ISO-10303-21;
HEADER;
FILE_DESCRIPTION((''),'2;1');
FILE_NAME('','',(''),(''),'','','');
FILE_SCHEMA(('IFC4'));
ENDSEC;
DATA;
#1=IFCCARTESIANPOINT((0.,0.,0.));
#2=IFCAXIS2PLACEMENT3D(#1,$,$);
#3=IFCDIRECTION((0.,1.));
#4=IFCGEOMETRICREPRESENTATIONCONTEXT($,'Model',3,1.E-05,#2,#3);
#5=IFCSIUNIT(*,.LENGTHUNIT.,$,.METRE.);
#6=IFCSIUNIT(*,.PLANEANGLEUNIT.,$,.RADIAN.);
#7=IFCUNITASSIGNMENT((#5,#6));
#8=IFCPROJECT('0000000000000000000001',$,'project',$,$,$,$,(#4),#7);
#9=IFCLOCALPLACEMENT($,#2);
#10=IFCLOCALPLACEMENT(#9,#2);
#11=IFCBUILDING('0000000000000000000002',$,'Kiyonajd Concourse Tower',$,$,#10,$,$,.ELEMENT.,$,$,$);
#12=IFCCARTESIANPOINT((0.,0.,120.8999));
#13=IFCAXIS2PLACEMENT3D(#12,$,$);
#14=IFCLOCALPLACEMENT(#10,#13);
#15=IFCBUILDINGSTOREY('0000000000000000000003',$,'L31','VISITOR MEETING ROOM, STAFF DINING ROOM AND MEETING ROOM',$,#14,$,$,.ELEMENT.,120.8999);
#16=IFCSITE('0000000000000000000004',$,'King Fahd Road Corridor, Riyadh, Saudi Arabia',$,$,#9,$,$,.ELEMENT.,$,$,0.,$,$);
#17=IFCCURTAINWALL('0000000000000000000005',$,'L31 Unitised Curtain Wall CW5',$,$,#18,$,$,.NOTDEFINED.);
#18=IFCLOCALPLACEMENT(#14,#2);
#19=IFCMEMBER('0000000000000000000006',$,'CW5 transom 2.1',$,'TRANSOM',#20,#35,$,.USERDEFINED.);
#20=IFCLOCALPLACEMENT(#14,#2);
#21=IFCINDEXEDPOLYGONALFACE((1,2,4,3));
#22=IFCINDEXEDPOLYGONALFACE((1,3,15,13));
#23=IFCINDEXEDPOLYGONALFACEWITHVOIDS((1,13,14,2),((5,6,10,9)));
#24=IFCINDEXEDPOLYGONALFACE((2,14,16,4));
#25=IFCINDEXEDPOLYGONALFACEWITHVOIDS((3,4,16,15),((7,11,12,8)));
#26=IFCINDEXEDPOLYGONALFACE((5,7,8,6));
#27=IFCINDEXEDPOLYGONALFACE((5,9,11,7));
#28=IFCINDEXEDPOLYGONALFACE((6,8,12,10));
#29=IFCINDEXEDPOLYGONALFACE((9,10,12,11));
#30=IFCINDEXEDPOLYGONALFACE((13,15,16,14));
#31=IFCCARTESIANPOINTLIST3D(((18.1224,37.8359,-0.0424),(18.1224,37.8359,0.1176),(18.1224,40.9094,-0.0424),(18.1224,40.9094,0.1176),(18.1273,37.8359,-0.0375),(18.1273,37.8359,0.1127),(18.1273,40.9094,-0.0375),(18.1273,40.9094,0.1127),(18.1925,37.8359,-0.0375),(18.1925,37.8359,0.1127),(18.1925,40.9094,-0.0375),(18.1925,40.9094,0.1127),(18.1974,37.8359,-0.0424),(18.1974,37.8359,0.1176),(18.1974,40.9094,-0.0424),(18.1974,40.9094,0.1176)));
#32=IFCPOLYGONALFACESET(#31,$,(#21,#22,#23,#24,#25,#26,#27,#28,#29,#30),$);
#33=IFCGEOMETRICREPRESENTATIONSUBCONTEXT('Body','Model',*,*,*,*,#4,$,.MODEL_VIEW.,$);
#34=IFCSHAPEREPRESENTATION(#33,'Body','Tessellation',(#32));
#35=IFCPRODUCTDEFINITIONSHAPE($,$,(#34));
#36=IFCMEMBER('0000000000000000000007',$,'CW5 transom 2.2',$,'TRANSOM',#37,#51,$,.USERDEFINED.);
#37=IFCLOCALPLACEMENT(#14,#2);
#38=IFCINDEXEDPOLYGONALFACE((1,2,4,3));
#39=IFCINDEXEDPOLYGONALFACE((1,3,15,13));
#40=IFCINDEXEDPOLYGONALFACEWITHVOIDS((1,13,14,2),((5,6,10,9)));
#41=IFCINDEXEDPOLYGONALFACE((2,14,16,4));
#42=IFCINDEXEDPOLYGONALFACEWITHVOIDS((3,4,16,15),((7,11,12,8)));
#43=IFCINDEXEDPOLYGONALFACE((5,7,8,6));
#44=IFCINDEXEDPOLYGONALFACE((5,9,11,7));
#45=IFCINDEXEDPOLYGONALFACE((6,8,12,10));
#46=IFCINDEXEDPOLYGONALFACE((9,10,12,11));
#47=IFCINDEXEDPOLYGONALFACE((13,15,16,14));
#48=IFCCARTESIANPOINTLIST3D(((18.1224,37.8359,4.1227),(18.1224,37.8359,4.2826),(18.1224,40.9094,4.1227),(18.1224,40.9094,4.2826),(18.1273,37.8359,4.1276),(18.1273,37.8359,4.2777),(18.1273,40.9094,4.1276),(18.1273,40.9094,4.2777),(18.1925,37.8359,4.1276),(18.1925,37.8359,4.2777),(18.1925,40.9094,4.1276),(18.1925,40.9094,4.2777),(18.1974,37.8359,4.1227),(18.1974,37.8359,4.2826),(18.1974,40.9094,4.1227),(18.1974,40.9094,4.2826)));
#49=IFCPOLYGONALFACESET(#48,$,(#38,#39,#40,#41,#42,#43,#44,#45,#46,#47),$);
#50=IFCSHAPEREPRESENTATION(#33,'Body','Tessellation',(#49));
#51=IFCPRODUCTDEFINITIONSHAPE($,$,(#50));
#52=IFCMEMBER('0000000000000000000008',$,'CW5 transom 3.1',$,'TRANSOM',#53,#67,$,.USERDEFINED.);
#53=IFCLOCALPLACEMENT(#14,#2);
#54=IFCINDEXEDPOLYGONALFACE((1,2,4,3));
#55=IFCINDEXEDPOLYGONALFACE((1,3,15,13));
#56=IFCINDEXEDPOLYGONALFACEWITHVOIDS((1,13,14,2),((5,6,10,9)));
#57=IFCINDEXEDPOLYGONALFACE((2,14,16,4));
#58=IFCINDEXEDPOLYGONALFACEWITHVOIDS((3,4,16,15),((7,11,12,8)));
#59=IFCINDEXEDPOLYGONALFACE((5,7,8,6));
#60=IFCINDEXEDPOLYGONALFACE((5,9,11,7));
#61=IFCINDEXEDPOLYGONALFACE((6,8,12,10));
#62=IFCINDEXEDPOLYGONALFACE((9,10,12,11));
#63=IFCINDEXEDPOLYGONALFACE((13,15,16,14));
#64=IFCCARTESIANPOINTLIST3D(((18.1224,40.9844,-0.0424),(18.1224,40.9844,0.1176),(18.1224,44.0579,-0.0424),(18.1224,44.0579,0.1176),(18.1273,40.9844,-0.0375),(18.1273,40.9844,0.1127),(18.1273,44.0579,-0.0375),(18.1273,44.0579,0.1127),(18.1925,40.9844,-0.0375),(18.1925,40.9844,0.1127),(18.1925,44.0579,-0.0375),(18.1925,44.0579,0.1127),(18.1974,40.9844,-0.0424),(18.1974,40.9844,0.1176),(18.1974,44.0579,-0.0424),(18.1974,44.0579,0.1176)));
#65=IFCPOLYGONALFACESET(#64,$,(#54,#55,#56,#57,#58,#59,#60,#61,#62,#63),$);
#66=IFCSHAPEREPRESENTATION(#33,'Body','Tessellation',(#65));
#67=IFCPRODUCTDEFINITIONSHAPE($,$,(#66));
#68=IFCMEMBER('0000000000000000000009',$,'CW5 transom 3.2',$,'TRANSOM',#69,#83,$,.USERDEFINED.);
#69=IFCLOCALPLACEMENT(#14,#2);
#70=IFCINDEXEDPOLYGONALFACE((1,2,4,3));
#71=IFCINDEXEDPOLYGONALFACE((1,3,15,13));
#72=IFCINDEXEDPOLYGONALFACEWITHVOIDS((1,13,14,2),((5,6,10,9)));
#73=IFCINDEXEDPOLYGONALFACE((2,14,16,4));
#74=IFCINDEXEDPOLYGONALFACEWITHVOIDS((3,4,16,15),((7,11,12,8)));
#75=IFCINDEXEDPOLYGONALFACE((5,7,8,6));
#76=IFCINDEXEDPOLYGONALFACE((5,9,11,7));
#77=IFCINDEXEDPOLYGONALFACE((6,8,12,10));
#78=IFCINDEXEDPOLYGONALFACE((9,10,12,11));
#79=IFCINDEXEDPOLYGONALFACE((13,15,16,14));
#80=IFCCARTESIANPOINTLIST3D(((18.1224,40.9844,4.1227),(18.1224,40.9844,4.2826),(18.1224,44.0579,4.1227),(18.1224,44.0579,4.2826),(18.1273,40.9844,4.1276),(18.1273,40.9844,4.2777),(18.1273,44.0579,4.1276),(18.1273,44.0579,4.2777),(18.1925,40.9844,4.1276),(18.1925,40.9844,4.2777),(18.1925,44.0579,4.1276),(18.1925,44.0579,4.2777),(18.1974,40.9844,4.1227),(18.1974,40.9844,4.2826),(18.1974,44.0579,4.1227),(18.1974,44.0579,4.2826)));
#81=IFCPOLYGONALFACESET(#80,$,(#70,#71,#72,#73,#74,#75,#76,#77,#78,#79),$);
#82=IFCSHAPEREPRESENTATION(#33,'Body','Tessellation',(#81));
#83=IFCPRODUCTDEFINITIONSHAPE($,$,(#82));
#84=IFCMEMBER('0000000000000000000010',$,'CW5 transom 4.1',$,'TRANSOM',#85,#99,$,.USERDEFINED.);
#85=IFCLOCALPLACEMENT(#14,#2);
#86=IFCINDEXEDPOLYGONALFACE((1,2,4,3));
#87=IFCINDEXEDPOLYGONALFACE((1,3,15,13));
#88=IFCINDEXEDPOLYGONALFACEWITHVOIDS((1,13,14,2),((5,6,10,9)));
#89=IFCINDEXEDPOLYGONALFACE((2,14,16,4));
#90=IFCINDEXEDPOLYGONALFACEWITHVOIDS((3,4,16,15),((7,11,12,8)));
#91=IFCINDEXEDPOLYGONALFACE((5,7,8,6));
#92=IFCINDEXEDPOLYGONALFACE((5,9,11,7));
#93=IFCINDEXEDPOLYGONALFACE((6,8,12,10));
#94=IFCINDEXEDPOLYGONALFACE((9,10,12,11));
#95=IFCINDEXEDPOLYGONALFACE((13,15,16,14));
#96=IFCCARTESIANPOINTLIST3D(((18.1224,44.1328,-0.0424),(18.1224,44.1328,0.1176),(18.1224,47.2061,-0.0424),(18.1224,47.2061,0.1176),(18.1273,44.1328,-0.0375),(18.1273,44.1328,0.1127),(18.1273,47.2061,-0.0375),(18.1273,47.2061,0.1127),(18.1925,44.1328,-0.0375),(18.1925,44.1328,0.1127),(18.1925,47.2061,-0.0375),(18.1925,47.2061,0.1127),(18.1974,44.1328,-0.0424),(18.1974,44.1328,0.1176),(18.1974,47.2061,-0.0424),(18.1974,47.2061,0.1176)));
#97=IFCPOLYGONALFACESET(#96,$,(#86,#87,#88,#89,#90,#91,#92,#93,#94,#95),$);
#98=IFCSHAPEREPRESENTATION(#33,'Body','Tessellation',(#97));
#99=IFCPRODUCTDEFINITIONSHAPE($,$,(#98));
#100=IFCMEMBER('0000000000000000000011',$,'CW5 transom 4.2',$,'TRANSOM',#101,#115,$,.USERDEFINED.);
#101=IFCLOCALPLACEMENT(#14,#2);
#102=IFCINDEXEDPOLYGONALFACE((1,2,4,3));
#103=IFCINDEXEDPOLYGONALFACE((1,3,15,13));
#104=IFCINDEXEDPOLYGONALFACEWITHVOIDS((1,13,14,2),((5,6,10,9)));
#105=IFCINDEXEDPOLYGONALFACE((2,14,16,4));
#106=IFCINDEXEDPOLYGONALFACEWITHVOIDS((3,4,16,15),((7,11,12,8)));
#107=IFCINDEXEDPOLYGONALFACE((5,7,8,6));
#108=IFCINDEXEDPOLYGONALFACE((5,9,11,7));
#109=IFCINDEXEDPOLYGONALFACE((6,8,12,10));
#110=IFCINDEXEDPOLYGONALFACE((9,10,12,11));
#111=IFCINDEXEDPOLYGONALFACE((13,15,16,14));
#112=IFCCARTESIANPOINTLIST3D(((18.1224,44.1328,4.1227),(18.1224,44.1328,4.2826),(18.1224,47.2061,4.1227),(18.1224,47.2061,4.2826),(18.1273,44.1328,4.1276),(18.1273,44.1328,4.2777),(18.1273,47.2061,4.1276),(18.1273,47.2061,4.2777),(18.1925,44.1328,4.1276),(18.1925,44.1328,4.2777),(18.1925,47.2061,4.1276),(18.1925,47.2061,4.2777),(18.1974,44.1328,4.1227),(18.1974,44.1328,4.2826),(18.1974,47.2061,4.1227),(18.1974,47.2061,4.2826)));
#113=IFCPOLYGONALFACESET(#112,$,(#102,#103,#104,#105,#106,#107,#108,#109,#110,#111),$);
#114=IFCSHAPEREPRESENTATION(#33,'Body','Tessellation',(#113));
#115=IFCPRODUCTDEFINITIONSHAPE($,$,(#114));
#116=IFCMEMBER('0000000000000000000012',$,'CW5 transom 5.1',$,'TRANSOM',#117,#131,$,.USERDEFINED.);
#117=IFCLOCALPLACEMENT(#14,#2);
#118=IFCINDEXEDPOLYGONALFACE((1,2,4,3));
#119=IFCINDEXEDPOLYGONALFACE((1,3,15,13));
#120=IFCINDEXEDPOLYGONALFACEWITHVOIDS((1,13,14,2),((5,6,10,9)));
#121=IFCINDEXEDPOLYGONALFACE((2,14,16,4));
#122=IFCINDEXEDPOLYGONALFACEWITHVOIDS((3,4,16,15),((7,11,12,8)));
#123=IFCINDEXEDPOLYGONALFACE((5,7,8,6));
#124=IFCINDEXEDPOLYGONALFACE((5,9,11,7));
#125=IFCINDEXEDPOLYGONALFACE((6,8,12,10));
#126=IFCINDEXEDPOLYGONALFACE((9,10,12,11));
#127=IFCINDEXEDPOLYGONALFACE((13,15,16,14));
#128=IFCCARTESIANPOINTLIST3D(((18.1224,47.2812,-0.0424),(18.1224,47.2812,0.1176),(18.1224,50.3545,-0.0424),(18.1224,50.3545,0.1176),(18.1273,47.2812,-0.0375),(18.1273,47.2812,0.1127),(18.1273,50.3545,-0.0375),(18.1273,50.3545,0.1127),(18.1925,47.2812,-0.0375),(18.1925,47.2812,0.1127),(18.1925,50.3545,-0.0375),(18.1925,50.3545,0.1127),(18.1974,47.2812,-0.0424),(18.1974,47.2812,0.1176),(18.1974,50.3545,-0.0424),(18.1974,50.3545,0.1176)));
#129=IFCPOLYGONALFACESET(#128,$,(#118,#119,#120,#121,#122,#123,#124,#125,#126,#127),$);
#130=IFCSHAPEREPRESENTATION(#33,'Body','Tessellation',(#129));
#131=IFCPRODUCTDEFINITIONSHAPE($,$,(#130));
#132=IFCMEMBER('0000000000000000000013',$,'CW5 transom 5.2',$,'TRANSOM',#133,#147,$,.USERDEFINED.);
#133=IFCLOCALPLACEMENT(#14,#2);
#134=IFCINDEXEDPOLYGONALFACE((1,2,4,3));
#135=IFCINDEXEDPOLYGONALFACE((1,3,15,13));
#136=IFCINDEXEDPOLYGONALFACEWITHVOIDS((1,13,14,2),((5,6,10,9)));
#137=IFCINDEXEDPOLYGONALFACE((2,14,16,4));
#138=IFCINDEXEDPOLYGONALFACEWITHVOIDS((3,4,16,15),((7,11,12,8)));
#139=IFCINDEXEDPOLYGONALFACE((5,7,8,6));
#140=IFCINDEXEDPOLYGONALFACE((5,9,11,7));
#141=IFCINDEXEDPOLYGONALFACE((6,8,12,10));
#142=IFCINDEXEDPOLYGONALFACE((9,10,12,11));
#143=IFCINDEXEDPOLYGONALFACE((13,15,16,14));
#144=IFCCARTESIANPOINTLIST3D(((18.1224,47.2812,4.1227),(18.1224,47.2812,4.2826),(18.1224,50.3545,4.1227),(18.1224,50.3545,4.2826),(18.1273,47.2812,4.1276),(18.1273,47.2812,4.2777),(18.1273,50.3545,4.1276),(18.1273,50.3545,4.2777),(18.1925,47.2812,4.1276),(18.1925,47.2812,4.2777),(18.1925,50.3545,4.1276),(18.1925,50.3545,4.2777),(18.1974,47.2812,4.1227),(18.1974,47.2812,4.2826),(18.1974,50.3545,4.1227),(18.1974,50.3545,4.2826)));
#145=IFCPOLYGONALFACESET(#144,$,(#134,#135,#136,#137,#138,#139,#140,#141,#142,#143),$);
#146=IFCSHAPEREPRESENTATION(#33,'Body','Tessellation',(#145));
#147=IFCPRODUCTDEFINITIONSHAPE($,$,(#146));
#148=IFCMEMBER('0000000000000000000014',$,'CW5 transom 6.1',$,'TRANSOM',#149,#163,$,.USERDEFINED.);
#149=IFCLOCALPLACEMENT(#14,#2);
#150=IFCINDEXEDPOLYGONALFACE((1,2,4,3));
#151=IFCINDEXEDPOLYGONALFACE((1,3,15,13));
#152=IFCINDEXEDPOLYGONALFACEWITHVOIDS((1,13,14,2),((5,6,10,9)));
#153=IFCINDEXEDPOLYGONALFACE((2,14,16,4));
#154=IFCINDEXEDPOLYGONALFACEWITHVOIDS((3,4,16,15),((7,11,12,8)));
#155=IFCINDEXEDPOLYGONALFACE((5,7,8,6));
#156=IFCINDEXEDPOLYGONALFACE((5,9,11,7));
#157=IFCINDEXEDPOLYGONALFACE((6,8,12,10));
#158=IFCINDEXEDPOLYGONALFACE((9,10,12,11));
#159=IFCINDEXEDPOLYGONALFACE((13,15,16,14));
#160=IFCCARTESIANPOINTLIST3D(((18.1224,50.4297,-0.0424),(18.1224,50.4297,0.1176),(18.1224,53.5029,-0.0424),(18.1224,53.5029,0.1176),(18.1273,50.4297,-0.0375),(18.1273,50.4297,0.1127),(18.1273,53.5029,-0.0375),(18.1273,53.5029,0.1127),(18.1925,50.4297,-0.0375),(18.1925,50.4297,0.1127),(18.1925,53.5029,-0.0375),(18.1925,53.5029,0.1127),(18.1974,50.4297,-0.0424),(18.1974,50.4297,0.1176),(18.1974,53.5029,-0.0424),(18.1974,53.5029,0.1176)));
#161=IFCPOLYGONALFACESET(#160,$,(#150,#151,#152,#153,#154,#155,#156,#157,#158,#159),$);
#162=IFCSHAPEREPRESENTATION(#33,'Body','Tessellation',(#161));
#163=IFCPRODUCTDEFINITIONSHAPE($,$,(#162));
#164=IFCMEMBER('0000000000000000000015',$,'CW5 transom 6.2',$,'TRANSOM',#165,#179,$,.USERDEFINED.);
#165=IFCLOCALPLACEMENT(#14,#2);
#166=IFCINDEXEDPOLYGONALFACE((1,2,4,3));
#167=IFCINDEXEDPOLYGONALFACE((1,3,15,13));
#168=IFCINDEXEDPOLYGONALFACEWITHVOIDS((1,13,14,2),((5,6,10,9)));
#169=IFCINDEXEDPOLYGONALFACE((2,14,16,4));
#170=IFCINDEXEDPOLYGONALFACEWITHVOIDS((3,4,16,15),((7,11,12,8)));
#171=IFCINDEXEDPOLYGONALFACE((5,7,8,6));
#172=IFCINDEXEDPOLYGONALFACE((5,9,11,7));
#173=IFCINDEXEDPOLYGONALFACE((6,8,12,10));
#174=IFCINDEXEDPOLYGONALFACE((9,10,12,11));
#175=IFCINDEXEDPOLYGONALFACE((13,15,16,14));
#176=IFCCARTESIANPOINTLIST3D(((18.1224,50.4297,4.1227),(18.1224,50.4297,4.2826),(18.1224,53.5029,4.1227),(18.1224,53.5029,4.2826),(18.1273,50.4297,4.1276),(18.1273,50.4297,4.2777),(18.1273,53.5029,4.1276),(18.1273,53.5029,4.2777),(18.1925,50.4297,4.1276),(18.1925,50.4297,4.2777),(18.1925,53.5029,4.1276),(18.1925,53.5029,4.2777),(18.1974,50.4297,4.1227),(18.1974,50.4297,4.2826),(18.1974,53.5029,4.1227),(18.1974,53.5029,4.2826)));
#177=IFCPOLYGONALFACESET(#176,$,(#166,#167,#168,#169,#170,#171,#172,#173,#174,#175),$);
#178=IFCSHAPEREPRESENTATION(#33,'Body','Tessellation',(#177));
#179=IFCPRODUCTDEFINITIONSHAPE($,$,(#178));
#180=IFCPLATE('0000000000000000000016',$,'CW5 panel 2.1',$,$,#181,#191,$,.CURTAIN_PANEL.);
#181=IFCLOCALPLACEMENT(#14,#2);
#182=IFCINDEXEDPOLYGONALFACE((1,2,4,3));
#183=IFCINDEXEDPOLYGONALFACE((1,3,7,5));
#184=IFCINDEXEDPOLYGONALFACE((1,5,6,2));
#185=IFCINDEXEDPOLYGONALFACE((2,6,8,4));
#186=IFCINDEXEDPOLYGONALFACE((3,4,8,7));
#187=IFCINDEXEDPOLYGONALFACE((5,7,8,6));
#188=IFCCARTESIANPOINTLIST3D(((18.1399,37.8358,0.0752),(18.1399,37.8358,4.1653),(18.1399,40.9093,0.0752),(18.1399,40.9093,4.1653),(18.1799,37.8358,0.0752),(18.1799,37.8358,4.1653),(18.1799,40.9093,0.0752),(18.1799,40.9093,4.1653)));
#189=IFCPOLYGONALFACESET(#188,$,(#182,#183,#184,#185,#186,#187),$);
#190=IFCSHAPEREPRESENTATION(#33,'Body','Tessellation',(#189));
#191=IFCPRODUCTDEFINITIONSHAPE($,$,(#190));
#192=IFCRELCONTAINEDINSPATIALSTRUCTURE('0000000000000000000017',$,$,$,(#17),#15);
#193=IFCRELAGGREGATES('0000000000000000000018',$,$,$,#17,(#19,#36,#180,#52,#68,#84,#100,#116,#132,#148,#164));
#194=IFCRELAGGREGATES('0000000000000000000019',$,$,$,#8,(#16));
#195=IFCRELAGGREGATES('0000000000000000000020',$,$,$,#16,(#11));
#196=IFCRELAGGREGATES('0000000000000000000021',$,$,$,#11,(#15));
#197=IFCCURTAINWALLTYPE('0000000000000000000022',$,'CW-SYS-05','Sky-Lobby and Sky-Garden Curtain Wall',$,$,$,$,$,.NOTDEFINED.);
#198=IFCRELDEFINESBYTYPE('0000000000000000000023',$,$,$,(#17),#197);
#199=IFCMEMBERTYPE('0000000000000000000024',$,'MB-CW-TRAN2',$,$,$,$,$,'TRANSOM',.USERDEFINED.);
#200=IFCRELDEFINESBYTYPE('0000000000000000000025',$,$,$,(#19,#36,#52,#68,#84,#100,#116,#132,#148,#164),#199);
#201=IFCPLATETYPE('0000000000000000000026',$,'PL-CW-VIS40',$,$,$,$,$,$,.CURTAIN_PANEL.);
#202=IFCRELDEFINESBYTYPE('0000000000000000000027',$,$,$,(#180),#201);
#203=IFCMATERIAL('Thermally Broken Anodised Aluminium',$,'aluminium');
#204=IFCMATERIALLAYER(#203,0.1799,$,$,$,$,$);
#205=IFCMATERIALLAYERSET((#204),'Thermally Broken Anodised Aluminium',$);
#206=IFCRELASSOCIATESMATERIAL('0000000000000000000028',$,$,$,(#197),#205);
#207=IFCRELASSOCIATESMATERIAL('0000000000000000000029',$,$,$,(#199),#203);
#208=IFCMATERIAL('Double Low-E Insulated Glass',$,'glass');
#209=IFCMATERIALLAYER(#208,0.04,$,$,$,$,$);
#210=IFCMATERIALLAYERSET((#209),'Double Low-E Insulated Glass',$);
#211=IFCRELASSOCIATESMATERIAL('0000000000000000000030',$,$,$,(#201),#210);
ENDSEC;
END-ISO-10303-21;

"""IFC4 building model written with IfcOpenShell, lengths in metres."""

from ifc_helpers import new_model, si_unit, direction, frame, origin, origin_2d, place, context, subcontext, project, spatial, rectangle, hollow_rectangle, extrude, material, layer, layer_set, material_profile, profile_set, type_object, element, aggregate, save


model = new_model("IFC4")

# Units and contexts
model_context = context("Model", 3, precision=1e-05, world=origin(), true_north=direction((0.0, 1.0)))
body_context = subcontext(model_context, "Body", "Model", "MODEL_VIEW")
ifc_project = project(units=[si_unit("LENGTHUNIT", "METRE"), si_unit("PLANEANGLEUNIT", "RADIAN")], contexts=[model_context])

# Site, building, storey
site_placement = place(None, origin())
site = spatial("IfcSite", under=ifc_project, at=site_placement, Name="King Fahd Road Corridor, Riyadh, Saudi Arabia", CompositionType="ELEMENT", RefElevation=0.0)
building_placement = place(site_placement, origin())
building = spatial("IfcBuilding", under=site, at=building_placement, Name="Kiyonajd Concourse Tower", CompositionType="ELEMENT")
storey_placement = place(building_placement, frame((0.0, 0.0, 120.8999)))
storey = spatial("IfcBuildingStorey", under=building, at=storey_placement, Name="L31", Description="VISITOR MEETING ROOM, STAFF DINING ROOM AND MEETING ROOM", CompositionType="ELEMENT", Elevation=120.8999)

# Curtain wall, members, plate
ifc_material_1 = material(Name="Thermally Broken Anodised Aluminium", Category="aluminium")
ifc_layer_1 = layer(ifc_material_1, 0.1799)
ifc_layer_set_1 = layer_set([ifc_layer_1], Name="Thermally Broken Anodised Aluminium")
curtain_wall_type = type_object("IfcCurtainWallType", Name="CW-SYS-05", Description="Sky-Lobby and Sky-Garden Curtain Wall", PredefinedType="NOTDEFINED", material=ifc_layer_set_1)
curtain_wall_placement = place(storey_placement, origin())
curtain_wall = element("IfcCurtainWall", 1, at=curtain_wall_placement, inside=storey, type_object=curtain_wall_type, Name="L31 Unitised Curtain Wall CW5", PredefinedType="NOTDEFINED")
ifc_material_profile_1 = material_profile(ifc_material_1, hollow_rectangle(XDim=0.075, YDim=0.1599, WallThickness=0.0049, at=origin_2d()), Name="TRAN-75x160")
ifc_profile_set_1 = profile_set([ifc_material_profile_1], Name="Thermally Broken Anodised Aluminium")
member_type_1 = type_object("IfcMemberType", Name="MB-CW-TRAN2", ElementType="TRANSOM", PredefinedType="USERDEFINED", material=ifc_profile_set_1)
member_1_placement = place(storey_placement, frame((18.1599, 37.8359, 0.0376), z_axis=(0.0, 1.0, 0.0), x_axis=(-1.0, 0.0, 0.0)))
member_1 = element("IfcMember", 2, at=member_1_placement, type_object=member_type_1, Name="CW5 transom 2.1", ObjectType="TRANSOM", PredefinedType="USERDEFINED", context=body_context, shape_type="SweptSolid", body=[
    extrude(hollow_rectangle(XDim=0.075, YDim=0.1599, WallThickness=0.0049, at=origin_2d()), origin(), (0.0, 0.0, 1.0), 3.0735),
])
member_2_placement = place(storey_placement, frame((18.1599, 37.8359, 4.2026), z_axis=(0.0, 1.0, 0.0), x_axis=(-1.0, 0.0, 0.0)))
member_2 = element("IfcMember", 3, at=member_2_placement, type_object=member_type_1, Name="CW5 transom 2.2", ObjectType="TRANSOM", PredefinedType="USERDEFINED", context=body_context, shape_type="SweptSolid", body=[
    extrude(hollow_rectangle(XDim=0.075, YDim=0.1599, WallThickness=0.0049, at=origin_2d()), origin(), (0.0, 0.0, 1.0), 3.0735),
])
member_3_placement = place(storey_placement, frame((18.1599, 40.9844, 0.0376), z_axis=(0.0, 1.0, 0.0), x_axis=(-1.0, 0.0, 0.0)))
member_3 = element("IfcMember", 4, at=member_3_placement, type_object=member_type_1, Name="CW5 transom 3.1", ObjectType="TRANSOM", PredefinedType="USERDEFINED", context=body_context, shape_type="SweptSolid", body=[
    extrude(hollow_rectangle(XDim=0.075, YDim=0.1599, WallThickness=0.0049, at=origin_2d()), origin(), (0.0, 0.0, 1.0), 3.0735),
])
member_4_placement = place(storey_placement, frame((18.1599, 40.9844, 4.2026), z_axis=(0.0, 1.0, 0.0), x_axis=(-1.0, 0.0, 0.0)))
member_4 = element("IfcMember", 5, at=member_4_placement, type_object=member_type_1, Name="CW5 transom 3.2", ObjectType="TRANSOM", PredefinedType="USERDEFINED", context=body_context, shape_type="SweptSolid", body=[
    extrude(hollow_rectangle(XDim=0.075, YDim=0.1599, WallThickness=0.0049, at=origin_2d()), origin(), (0.0, 0.0, 1.0), 3.0735),
])
member_5_placement = place(storey_placement, frame((18.1599, 44.1328, 0.0376), z_axis=(0.0, 1.0, 0.0), x_axis=(-1.0, 0.0, 0.0)))
member_5 = element("IfcMember", 6, at=member_5_placement, type_object=member_type_1, Name="CW5 transom 4.1", ObjectType="TRANSOM", PredefinedType="USERDEFINED", context=body_context, shape_type="SweptSolid", body=[
    extrude(hollow_rectangle(XDim=0.075, YDim=0.1599, WallThickness=0.0049, at=origin_2d()), origin(), (0.0, 0.0, 1.0), 3.0732),
])
member_6_placement = place(storey_placement, frame((18.1599, 44.1328, 4.2026), z_axis=(0.0, 1.0, 0.0), x_axis=(-1.0, 0.0, 0.0)))
member_6 = element("IfcMember", 7, at=member_6_placement, type_object=member_type_1, Name="CW5 transom 4.2", ObjectType="TRANSOM", PredefinedType="USERDEFINED", context=body_context, shape_type="SweptSolid", body=[
    extrude(hollow_rectangle(XDim=0.075, YDim=0.1599, WallThickness=0.0049, at=origin_2d()), origin(), (0.0, 0.0, 1.0), 3.0732),
])
member_7_placement = place(storey_placement, frame((18.1599, 47.2812, 0.0376), z_axis=(0.0, 1.0, 0.0), x_axis=(-1.0, 0.0, 0.0)))
member_7 = element("IfcMember", 8, at=member_7_placement, type_object=member_type_1, Name="CW5 transom 5.1", ObjectType="TRANSOM", PredefinedType="USERDEFINED", context=body_context, shape_type="SweptSolid", body=[
    extrude(hollow_rectangle(XDim=0.075, YDim=0.1599, WallThickness=0.0049, at=origin_2d()), origin(), (0.0, 0.0, 1.0), 3.0732),
])
member_8_placement = place(storey_placement, frame((18.1599, 47.2812, 4.2026), z_axis=(0.0, 1.0, 0.0), x_axis=(-1.0, 0.0, 0.0)))
member_8 = element("IfcMember", 9, at=member_8_placement, type_object=member_type_1, Name="CW5 transom 5.2", ObjectType="TRANSOM", PredefinedType="USERDEFINED", context=body_context, shape_type="SweptSolid", body=[
    extrude(hollow_rectangle(XDim=0.075, YDim=0.1599, WallThickness=0.0049, at=origin_2d()), origin(), (0.0, 0.0, 1.0), 3.0732),
])
member_9_placement = place(storey_placement, frame((18.1599, 50.4297, 0.0376), z_axis=(0.0, 1.0, 0.0), x_axis=(-1.0, 0.0, 0.0)))
member_9 = element("IfcMember", 10, at=member_9_placement, type_object=member_type_1, Name="CW5 transom 6.1", ObjectType="TRANSOM", PredefinedType="USERDEFINED", context=body_context, shape_type="SweptSolid", body=[
    extrude(hollow_rectangle(XDim=0.075, YDim=0.1599, WallThickness=0.0049, at=origin_2d()), origin(), (0.0, 0.0, 1.0), 3.0732),
])
member_10_placement = place(storey_placement, frame((18.1599, 50.4297, 4.2026), z_axis=(0.0, 1.0, 0.0), x_axis=(-1.0, 0.0, 0.0)))
member_10 = element("IfcMember", 11, at=member_10_placement, type_object=member_type_1, Name="CW5 transom 6.2", ObjectType="TRANSOM", PredefinedType="USERDEFINED", context=body_context, shape_type="SweptSolid", body=[
    extrude(hollow_rectangle(XDim=0.075, YDim=0.1599, WallThickness=0.0049, at=origin_2d()), origin(), (0.0, 0.0, 1.0), 3.0732),
])
ifc_material_2 = material(Name="Double Low-E Insulated Glass", Category="glass")
ifc_layer_2 = layer(ifc_material_2, 0.04)
ifc_layer_set_2 = layer_set([ifc_layer_2], Name="Double Low-E Insulated Glass")
plate_type = type_object("IfcPlateType", Name="PL-CW-VIS40", PredefinedType="CURTAIN_PANEL", material=ifc_layer_set_2)
plate_1_placement = place(storey_placement, frame((18.1599, 39.3726, 0.0752), z_axis=(0.0, 0.0, 1.0), x_axis=(0.0, 1.0, 0.0)))
plate_1 = element("IfcPlate", 12, at=plate_1_placement, type_object=plate_type, Name="CW5 panel 2.1", PredefinedType="CURTAIN_PANEL", context=body_context, shape_type="SweptSolid", body=[
    extrude(rectangle(XDim=3.0735, YDim=0.04, at=origin_2d()), origin(), (0.0, 0.0, 1.0), 4.0901),
])
aggregate(curtain_wall, [member_1, member_2, plate_1, member_3, member_4, member_5, member_6, member_7, member_8, member_9, member_10])

save(model, "model.ifc")
